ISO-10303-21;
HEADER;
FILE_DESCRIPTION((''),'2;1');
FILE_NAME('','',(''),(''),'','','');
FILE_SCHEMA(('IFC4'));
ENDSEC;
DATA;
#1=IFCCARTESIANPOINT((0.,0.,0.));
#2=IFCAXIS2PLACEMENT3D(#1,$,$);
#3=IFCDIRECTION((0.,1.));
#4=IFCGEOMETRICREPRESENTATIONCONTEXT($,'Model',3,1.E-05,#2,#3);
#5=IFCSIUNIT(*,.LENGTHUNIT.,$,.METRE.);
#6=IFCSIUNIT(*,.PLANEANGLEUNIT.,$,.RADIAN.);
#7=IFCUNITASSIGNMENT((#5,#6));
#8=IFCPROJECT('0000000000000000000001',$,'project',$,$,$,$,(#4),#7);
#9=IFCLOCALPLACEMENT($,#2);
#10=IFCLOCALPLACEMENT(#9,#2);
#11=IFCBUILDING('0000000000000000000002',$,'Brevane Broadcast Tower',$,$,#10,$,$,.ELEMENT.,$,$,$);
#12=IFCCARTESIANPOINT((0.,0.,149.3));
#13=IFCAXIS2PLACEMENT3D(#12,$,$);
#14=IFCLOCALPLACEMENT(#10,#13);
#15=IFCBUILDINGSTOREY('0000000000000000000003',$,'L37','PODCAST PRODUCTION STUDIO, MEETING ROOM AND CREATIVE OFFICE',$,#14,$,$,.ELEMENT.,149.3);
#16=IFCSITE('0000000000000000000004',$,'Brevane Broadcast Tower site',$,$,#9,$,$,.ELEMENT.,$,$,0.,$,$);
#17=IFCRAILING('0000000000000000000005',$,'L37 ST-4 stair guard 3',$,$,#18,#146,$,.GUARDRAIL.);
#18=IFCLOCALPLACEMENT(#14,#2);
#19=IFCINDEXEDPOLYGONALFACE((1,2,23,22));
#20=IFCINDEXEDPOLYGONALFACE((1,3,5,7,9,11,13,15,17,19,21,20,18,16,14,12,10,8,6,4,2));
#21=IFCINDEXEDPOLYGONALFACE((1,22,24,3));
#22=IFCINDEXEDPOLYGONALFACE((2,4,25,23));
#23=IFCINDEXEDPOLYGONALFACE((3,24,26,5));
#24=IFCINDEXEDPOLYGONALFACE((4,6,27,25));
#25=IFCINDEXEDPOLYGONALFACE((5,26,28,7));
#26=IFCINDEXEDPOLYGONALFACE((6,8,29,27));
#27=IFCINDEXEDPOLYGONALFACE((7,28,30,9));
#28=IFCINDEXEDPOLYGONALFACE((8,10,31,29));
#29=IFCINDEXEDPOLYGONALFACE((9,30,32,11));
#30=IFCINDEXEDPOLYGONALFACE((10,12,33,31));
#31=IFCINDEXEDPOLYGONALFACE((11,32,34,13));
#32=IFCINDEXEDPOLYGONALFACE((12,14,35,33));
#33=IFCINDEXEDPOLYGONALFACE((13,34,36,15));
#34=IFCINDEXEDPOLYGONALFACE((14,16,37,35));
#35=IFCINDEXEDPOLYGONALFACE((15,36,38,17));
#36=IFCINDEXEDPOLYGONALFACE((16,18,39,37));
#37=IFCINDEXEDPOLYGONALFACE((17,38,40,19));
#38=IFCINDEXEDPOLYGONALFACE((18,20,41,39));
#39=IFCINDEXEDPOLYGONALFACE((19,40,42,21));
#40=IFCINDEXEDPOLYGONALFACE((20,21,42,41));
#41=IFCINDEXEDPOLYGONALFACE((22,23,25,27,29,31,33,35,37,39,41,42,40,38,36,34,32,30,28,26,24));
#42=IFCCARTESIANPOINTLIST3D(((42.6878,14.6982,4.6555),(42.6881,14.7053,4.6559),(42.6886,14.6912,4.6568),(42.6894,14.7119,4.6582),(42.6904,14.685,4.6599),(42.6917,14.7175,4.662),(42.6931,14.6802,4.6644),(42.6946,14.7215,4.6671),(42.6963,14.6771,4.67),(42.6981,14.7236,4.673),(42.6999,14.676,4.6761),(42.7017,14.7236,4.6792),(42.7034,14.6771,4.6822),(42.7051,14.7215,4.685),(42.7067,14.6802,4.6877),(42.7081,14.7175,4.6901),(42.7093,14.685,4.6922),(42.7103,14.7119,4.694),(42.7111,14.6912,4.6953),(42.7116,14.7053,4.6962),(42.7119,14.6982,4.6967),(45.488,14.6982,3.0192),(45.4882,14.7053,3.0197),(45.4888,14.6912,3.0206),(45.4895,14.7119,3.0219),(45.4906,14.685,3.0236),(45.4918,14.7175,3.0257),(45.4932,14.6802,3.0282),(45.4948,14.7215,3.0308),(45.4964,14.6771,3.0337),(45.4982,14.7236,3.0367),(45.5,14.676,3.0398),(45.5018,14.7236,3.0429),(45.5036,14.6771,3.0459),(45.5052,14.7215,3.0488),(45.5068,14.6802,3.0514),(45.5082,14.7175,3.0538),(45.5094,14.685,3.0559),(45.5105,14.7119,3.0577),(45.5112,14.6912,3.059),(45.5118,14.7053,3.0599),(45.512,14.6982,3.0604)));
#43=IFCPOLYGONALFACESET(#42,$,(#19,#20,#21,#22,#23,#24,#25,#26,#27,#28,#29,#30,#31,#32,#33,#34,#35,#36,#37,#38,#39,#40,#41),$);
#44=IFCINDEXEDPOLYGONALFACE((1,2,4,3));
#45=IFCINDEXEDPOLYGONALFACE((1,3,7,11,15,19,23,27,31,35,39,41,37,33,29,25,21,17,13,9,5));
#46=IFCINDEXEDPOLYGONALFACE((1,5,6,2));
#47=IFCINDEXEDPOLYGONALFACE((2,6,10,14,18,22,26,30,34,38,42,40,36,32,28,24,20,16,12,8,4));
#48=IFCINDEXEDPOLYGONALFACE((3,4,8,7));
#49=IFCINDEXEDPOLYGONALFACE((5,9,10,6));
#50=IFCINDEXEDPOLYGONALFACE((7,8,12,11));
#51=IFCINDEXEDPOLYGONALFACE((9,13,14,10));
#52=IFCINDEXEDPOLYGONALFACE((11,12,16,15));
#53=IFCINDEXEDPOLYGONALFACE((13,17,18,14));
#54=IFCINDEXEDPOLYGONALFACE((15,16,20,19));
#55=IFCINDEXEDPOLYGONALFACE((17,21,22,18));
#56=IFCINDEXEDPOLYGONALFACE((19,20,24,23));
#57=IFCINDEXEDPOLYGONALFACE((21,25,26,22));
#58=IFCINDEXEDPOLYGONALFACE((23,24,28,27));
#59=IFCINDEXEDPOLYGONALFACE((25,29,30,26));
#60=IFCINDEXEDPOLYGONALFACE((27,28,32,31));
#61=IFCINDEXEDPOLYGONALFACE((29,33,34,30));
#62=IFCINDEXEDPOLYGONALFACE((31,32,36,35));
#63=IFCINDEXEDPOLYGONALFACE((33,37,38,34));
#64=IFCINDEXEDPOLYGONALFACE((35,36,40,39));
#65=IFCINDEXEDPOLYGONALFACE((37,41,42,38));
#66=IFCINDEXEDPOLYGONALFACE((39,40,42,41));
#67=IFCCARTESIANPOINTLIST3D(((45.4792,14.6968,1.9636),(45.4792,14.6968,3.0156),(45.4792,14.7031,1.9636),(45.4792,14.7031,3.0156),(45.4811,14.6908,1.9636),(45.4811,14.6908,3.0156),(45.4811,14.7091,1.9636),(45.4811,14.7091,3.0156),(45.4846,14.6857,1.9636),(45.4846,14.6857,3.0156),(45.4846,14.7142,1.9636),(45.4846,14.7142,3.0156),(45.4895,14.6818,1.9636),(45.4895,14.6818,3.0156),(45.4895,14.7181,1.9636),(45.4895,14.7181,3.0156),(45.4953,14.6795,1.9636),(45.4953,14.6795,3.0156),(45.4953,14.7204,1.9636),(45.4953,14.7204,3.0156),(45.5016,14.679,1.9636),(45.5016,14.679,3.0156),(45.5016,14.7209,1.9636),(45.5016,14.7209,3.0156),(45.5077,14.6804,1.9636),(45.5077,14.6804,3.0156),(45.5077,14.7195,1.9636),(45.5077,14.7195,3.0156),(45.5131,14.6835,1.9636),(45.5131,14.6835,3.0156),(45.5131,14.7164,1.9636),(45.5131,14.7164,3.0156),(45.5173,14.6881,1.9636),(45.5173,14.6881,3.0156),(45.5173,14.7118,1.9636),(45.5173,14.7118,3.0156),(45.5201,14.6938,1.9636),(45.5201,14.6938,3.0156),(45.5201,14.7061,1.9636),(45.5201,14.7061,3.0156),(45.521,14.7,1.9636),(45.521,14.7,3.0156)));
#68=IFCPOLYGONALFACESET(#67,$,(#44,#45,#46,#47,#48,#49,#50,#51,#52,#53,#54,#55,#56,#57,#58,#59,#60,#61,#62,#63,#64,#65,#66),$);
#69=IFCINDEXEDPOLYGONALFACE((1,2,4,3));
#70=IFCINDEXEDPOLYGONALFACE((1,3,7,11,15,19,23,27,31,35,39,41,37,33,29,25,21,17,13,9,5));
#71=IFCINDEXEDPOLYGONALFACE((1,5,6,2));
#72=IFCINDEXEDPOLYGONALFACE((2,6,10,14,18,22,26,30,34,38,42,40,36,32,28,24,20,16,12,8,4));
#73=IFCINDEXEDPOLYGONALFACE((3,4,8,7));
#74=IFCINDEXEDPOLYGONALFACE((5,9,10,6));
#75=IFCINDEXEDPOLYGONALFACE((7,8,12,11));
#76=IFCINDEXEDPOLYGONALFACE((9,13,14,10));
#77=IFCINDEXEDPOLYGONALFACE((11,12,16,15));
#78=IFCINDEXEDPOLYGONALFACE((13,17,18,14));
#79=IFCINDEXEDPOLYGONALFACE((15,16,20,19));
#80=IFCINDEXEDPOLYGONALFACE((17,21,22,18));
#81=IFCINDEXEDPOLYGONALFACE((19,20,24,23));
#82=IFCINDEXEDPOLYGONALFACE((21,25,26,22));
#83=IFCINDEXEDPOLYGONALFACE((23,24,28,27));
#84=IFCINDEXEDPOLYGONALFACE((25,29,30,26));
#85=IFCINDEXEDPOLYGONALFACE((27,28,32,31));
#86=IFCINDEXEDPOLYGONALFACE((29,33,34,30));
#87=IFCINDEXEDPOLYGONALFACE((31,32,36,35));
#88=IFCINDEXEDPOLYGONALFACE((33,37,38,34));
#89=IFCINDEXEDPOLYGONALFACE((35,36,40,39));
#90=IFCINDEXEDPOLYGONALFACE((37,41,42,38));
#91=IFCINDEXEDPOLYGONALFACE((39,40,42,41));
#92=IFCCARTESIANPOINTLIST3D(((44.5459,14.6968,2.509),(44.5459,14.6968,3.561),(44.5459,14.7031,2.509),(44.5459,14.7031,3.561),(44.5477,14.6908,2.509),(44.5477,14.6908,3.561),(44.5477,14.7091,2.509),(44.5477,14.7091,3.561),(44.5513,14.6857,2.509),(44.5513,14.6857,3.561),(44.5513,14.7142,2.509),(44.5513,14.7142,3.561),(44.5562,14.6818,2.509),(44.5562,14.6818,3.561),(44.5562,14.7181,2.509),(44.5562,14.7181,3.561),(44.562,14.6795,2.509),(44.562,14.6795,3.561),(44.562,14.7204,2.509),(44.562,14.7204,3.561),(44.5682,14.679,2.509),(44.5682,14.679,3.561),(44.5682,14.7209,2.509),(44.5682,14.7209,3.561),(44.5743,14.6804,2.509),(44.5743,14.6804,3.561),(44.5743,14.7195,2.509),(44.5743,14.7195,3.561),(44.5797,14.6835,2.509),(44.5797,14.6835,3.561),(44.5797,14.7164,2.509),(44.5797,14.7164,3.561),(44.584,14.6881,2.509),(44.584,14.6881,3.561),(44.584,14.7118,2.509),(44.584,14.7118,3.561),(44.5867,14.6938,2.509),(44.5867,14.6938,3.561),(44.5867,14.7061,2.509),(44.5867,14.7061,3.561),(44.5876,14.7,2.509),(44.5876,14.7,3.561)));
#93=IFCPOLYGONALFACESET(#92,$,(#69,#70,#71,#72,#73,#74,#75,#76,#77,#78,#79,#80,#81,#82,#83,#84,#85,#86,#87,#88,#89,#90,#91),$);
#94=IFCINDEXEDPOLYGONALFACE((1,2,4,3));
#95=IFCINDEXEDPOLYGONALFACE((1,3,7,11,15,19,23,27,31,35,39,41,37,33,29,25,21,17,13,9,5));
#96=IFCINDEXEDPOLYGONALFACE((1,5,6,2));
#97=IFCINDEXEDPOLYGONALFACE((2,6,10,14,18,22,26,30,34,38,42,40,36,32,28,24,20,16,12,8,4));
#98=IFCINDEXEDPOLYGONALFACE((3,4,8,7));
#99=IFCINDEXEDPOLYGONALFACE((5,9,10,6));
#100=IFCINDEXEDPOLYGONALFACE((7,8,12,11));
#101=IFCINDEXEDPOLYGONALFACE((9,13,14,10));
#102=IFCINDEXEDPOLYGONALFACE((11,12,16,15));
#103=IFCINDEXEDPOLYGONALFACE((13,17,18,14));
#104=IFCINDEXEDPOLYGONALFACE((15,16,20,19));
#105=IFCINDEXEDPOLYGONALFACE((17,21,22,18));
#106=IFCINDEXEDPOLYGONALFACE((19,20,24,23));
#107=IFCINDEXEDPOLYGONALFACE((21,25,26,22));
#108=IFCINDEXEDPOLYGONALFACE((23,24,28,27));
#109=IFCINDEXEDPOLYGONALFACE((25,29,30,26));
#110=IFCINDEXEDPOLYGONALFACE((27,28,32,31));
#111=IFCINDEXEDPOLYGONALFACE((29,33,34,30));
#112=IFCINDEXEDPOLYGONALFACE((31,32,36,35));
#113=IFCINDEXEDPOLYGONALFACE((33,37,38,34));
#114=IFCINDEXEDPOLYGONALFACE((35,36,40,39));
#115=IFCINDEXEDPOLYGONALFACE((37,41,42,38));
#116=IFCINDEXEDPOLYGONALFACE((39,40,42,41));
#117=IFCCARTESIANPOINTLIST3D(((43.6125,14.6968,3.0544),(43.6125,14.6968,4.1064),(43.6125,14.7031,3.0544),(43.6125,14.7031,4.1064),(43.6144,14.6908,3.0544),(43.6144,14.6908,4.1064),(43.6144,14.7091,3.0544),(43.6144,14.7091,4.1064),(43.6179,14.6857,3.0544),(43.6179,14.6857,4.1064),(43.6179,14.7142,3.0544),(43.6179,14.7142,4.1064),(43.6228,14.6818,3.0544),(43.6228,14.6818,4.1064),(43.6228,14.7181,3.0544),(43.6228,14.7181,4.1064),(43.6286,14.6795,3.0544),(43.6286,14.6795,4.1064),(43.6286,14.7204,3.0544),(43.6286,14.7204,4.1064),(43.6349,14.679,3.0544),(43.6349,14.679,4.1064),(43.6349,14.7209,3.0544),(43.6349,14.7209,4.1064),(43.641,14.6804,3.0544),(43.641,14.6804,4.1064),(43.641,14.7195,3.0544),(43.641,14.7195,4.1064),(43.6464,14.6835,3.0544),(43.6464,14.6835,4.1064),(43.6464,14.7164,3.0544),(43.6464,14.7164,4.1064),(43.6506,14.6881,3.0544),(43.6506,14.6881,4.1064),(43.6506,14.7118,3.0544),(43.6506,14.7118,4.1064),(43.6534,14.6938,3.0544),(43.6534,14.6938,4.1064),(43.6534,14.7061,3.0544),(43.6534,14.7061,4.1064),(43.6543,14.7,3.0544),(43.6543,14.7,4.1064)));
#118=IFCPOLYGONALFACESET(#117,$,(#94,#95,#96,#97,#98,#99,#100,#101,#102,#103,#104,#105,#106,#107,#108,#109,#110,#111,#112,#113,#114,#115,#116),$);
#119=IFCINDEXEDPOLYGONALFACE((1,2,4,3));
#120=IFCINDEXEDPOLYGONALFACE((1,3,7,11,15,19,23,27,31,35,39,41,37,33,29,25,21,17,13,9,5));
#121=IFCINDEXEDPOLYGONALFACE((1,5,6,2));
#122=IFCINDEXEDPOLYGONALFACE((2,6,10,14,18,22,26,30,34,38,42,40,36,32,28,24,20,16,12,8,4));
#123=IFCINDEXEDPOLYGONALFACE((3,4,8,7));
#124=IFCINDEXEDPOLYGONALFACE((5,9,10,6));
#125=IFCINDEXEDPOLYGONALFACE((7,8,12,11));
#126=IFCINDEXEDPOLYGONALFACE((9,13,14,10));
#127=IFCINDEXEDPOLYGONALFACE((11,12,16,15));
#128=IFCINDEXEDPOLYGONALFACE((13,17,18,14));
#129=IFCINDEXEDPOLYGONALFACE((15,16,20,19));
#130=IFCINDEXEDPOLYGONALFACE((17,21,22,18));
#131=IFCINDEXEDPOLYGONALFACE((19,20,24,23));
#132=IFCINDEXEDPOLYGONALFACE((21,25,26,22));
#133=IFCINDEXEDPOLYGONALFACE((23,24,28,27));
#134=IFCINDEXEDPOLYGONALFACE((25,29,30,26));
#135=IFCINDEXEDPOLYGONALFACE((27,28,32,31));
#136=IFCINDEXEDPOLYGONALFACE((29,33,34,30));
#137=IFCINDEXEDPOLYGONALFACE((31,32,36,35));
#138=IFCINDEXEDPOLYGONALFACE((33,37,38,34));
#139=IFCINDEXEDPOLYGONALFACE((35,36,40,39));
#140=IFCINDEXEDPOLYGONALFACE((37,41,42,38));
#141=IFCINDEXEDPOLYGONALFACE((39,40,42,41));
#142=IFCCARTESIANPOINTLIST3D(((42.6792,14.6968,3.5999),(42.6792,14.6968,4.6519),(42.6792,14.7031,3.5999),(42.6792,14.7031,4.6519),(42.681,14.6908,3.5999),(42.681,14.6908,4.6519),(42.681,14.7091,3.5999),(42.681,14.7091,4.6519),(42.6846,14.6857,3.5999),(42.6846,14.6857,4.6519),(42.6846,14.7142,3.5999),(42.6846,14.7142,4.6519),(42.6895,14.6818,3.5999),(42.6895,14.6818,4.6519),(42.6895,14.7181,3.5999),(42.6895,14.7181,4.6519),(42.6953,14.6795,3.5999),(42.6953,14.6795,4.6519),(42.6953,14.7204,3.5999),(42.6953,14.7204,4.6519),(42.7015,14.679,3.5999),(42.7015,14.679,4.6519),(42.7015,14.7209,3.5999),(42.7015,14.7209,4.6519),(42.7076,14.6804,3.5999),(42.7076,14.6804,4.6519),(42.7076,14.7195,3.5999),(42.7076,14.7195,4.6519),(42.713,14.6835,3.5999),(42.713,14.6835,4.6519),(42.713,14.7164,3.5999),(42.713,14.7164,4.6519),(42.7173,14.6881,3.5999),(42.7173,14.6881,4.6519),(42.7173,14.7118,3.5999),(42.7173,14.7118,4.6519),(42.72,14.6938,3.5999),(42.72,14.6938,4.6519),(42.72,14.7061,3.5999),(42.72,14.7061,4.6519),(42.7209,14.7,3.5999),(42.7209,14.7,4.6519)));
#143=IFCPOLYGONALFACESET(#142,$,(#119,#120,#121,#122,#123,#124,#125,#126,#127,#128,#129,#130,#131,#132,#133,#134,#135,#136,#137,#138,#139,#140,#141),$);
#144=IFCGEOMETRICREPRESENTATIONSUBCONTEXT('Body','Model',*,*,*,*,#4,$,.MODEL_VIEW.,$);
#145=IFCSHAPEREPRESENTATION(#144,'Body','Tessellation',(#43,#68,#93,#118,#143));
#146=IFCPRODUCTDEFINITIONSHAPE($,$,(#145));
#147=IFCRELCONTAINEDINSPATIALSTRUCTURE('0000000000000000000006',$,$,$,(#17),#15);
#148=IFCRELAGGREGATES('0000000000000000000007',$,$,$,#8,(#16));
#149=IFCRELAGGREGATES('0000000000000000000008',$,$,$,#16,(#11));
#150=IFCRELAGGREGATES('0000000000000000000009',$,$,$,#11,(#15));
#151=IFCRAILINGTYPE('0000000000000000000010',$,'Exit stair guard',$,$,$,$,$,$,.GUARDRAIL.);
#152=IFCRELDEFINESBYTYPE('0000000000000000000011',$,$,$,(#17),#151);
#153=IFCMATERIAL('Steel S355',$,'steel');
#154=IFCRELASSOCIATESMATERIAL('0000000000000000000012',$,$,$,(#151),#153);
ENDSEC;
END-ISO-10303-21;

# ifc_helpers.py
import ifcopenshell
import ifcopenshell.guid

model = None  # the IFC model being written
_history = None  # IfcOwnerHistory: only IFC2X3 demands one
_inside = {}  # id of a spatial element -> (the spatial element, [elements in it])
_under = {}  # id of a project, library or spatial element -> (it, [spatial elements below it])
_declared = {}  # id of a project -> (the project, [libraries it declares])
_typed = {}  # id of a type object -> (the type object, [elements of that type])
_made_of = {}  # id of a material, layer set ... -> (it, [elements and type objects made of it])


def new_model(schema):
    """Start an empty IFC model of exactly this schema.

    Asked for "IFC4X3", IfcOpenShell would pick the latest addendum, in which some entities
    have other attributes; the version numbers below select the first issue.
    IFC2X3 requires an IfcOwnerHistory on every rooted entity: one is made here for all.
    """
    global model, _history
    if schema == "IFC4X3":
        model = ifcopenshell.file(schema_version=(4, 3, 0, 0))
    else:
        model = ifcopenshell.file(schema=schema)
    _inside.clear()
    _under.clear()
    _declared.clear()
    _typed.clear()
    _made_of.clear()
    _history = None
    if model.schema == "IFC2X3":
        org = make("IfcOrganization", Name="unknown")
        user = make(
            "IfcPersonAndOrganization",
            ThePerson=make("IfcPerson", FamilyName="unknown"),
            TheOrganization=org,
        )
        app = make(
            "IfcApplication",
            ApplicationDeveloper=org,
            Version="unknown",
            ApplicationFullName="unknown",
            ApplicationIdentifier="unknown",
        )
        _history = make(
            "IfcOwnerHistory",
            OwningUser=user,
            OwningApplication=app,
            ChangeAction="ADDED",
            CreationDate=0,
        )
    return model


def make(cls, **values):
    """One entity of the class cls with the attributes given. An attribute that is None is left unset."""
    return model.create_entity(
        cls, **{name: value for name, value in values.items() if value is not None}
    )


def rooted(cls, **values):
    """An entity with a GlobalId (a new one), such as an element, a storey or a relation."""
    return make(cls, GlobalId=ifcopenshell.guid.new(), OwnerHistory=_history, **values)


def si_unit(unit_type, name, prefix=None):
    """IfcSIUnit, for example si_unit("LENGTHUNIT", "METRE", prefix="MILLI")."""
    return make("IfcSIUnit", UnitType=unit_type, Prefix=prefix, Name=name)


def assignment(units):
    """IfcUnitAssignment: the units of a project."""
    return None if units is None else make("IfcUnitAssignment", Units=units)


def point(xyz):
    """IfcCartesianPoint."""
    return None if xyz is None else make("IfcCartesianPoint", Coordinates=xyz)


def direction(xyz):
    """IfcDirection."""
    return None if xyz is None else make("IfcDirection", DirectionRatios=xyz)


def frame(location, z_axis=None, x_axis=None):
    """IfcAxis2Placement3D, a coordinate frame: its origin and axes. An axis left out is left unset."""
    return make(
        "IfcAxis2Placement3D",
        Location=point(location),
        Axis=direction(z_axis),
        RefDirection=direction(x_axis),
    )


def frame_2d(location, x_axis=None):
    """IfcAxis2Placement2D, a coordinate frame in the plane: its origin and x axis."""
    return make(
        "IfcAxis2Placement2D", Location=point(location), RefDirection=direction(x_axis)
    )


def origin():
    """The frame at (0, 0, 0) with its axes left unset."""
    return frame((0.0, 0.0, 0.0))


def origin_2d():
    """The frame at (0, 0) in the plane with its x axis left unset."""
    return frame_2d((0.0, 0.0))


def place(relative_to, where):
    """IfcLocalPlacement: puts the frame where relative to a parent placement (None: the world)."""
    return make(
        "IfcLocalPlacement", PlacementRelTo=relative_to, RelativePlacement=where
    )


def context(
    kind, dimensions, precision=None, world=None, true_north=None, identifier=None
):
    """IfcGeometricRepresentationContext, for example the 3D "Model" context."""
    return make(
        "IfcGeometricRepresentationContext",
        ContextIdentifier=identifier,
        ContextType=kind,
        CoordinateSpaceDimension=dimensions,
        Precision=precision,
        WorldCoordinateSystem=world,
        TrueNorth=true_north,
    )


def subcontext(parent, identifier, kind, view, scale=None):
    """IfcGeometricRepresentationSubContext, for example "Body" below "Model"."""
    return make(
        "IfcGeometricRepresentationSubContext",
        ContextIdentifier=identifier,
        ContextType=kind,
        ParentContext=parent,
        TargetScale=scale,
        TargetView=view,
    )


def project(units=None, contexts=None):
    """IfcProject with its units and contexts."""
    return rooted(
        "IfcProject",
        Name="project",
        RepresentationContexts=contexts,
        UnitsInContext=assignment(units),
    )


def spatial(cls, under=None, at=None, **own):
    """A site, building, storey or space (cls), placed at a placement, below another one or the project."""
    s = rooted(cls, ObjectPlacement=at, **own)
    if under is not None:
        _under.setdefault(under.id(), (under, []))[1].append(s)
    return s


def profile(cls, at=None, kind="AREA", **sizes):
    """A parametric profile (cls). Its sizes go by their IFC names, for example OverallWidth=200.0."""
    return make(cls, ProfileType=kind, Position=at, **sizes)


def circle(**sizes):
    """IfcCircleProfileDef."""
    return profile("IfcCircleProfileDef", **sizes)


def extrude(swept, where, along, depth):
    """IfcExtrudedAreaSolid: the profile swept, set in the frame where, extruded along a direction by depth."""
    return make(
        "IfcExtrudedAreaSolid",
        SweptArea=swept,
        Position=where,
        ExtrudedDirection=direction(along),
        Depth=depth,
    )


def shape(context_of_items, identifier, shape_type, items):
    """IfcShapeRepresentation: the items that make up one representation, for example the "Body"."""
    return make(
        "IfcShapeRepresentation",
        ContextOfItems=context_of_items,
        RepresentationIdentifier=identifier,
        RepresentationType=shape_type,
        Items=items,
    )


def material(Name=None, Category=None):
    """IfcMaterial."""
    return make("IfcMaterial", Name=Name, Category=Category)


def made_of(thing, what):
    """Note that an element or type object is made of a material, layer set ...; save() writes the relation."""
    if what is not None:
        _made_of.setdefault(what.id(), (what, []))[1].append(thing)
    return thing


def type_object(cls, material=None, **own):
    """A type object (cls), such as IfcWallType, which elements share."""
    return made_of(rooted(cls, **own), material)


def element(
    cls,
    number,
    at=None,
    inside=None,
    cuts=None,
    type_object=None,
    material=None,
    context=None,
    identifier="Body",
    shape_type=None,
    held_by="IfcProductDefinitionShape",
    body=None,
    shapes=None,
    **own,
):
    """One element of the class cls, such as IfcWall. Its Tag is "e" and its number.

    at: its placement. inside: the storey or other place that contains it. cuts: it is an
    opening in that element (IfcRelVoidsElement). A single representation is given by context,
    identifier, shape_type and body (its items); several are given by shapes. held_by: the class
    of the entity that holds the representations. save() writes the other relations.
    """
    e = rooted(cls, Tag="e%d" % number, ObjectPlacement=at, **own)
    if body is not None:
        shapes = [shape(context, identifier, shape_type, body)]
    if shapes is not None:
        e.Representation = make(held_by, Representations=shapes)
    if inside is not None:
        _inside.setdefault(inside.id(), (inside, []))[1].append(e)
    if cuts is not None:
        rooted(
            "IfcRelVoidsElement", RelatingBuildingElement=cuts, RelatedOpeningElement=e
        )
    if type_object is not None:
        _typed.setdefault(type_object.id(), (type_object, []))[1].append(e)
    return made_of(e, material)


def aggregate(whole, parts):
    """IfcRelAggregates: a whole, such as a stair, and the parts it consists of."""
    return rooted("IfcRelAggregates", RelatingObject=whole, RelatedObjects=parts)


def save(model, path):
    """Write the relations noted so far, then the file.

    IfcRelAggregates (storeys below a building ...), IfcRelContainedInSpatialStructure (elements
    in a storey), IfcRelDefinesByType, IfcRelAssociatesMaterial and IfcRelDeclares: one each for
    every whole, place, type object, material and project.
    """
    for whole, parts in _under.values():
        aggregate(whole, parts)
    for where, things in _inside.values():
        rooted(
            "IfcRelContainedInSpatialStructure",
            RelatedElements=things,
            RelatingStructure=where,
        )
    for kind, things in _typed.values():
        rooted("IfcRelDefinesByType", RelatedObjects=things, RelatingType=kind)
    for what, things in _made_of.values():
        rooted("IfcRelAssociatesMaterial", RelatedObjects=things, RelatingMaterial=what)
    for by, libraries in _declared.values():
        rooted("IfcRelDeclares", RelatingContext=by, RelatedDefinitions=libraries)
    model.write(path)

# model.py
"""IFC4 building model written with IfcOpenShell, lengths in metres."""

from ifc_helpers import new_model, si_unit, direction, frame, origin, origin_2d, place, context, subcontext, project, spatial, circle, extrude, material, type_object, element, save


model = new_model("IFC4")

# Units and contexts
model_context = context("Model", 3, precision=1e-05, world=origin(), true_north=direction((0.0, 1.0)))
body_context = subcontext(model_context, "Body", "Model", "MODEL_VIEW")
ifc_project = project(units=[si_unit("LENGTHUNIT", "METRE"), si_unit("PLANEANGLEUNIT", "RADIAN")], contexts=[model_context])

# Site, building, storey
site_placement = place(None, origin())
site = spatial("IfcSite", under=ifc_project, at=site_placement, Name="Brevane Broadcast Tower site", CompositionType="ELEMENT", RefElevation=0.0)
building_placement = place(site_placement, origin())
building = spatial("IfcBuilding", under=site, at=building_placement, Name="Brevane Broadcast Tower", CompositionType="ELEMENT")
storey_placement = place(building_placement, frame((0.0, 0.0, 149.3)))
storey = spatial("IfcBuildingStorey", under=building, at=storey_placement, Name="L37", Description="PODCAST PRODUCTION STUDIO, MEETING ROOM AND CREATIVE OFFICE", CompositionType="ELEMENT", Elevation=149.3)

# Railing
ifc_material_1 = material(Name="Steel S355", Category="steel")
railing_type_1 = type_object("IfcRailingType", Name="Exit stair guard", PredefinedType="GUARDRAIL", material=ifc_material_1)
railing_1_placement = place(storey_placement, frame((45.5, 14.7, 1.9636)))
element("IfcRailing", 1, at=railing_1_placement, inside=storey, type_object=railing_type_1, Name="L37 ST-4 stair guard 3", PredefinedType="GUARDRAIL", context=body_context, shape_type="SweptSolid", body=[
    extrude(circle(Radius=0.0239, at=origin_2d()), frame((0.0, 0.0, 1.0762), z_axis=(-0.863394, 0.0, 0.504531), x_axis=(0.0, -1.0, 0.0)), (0.0, 0.0, 1.0), 3.2432),
    extrude(circle(Radius=0.021, at=origin_2d()), origin(), (0.0, 0.0, 1.0), 1.052),
    extrude(circle(Radius=0.021, at=origin_2d()), frame((-0.9333, 0.0, 0.5454)), (0.0, 0.0, 1.0), 1.052),
    extrude(circle(Radius=0.021, at=origin_2d()), frame((-1.8667, 0.0, 1.0908)), (0.0, 0.0, 1.0), 1.052),
    extrude(circle(Radius=0.021, at=origin_2d()), frame((-2.8, 0.0, 1.6362)), (0.0, 0.0, 1.0), 1.052),
])

save(model, "model.ifc")
